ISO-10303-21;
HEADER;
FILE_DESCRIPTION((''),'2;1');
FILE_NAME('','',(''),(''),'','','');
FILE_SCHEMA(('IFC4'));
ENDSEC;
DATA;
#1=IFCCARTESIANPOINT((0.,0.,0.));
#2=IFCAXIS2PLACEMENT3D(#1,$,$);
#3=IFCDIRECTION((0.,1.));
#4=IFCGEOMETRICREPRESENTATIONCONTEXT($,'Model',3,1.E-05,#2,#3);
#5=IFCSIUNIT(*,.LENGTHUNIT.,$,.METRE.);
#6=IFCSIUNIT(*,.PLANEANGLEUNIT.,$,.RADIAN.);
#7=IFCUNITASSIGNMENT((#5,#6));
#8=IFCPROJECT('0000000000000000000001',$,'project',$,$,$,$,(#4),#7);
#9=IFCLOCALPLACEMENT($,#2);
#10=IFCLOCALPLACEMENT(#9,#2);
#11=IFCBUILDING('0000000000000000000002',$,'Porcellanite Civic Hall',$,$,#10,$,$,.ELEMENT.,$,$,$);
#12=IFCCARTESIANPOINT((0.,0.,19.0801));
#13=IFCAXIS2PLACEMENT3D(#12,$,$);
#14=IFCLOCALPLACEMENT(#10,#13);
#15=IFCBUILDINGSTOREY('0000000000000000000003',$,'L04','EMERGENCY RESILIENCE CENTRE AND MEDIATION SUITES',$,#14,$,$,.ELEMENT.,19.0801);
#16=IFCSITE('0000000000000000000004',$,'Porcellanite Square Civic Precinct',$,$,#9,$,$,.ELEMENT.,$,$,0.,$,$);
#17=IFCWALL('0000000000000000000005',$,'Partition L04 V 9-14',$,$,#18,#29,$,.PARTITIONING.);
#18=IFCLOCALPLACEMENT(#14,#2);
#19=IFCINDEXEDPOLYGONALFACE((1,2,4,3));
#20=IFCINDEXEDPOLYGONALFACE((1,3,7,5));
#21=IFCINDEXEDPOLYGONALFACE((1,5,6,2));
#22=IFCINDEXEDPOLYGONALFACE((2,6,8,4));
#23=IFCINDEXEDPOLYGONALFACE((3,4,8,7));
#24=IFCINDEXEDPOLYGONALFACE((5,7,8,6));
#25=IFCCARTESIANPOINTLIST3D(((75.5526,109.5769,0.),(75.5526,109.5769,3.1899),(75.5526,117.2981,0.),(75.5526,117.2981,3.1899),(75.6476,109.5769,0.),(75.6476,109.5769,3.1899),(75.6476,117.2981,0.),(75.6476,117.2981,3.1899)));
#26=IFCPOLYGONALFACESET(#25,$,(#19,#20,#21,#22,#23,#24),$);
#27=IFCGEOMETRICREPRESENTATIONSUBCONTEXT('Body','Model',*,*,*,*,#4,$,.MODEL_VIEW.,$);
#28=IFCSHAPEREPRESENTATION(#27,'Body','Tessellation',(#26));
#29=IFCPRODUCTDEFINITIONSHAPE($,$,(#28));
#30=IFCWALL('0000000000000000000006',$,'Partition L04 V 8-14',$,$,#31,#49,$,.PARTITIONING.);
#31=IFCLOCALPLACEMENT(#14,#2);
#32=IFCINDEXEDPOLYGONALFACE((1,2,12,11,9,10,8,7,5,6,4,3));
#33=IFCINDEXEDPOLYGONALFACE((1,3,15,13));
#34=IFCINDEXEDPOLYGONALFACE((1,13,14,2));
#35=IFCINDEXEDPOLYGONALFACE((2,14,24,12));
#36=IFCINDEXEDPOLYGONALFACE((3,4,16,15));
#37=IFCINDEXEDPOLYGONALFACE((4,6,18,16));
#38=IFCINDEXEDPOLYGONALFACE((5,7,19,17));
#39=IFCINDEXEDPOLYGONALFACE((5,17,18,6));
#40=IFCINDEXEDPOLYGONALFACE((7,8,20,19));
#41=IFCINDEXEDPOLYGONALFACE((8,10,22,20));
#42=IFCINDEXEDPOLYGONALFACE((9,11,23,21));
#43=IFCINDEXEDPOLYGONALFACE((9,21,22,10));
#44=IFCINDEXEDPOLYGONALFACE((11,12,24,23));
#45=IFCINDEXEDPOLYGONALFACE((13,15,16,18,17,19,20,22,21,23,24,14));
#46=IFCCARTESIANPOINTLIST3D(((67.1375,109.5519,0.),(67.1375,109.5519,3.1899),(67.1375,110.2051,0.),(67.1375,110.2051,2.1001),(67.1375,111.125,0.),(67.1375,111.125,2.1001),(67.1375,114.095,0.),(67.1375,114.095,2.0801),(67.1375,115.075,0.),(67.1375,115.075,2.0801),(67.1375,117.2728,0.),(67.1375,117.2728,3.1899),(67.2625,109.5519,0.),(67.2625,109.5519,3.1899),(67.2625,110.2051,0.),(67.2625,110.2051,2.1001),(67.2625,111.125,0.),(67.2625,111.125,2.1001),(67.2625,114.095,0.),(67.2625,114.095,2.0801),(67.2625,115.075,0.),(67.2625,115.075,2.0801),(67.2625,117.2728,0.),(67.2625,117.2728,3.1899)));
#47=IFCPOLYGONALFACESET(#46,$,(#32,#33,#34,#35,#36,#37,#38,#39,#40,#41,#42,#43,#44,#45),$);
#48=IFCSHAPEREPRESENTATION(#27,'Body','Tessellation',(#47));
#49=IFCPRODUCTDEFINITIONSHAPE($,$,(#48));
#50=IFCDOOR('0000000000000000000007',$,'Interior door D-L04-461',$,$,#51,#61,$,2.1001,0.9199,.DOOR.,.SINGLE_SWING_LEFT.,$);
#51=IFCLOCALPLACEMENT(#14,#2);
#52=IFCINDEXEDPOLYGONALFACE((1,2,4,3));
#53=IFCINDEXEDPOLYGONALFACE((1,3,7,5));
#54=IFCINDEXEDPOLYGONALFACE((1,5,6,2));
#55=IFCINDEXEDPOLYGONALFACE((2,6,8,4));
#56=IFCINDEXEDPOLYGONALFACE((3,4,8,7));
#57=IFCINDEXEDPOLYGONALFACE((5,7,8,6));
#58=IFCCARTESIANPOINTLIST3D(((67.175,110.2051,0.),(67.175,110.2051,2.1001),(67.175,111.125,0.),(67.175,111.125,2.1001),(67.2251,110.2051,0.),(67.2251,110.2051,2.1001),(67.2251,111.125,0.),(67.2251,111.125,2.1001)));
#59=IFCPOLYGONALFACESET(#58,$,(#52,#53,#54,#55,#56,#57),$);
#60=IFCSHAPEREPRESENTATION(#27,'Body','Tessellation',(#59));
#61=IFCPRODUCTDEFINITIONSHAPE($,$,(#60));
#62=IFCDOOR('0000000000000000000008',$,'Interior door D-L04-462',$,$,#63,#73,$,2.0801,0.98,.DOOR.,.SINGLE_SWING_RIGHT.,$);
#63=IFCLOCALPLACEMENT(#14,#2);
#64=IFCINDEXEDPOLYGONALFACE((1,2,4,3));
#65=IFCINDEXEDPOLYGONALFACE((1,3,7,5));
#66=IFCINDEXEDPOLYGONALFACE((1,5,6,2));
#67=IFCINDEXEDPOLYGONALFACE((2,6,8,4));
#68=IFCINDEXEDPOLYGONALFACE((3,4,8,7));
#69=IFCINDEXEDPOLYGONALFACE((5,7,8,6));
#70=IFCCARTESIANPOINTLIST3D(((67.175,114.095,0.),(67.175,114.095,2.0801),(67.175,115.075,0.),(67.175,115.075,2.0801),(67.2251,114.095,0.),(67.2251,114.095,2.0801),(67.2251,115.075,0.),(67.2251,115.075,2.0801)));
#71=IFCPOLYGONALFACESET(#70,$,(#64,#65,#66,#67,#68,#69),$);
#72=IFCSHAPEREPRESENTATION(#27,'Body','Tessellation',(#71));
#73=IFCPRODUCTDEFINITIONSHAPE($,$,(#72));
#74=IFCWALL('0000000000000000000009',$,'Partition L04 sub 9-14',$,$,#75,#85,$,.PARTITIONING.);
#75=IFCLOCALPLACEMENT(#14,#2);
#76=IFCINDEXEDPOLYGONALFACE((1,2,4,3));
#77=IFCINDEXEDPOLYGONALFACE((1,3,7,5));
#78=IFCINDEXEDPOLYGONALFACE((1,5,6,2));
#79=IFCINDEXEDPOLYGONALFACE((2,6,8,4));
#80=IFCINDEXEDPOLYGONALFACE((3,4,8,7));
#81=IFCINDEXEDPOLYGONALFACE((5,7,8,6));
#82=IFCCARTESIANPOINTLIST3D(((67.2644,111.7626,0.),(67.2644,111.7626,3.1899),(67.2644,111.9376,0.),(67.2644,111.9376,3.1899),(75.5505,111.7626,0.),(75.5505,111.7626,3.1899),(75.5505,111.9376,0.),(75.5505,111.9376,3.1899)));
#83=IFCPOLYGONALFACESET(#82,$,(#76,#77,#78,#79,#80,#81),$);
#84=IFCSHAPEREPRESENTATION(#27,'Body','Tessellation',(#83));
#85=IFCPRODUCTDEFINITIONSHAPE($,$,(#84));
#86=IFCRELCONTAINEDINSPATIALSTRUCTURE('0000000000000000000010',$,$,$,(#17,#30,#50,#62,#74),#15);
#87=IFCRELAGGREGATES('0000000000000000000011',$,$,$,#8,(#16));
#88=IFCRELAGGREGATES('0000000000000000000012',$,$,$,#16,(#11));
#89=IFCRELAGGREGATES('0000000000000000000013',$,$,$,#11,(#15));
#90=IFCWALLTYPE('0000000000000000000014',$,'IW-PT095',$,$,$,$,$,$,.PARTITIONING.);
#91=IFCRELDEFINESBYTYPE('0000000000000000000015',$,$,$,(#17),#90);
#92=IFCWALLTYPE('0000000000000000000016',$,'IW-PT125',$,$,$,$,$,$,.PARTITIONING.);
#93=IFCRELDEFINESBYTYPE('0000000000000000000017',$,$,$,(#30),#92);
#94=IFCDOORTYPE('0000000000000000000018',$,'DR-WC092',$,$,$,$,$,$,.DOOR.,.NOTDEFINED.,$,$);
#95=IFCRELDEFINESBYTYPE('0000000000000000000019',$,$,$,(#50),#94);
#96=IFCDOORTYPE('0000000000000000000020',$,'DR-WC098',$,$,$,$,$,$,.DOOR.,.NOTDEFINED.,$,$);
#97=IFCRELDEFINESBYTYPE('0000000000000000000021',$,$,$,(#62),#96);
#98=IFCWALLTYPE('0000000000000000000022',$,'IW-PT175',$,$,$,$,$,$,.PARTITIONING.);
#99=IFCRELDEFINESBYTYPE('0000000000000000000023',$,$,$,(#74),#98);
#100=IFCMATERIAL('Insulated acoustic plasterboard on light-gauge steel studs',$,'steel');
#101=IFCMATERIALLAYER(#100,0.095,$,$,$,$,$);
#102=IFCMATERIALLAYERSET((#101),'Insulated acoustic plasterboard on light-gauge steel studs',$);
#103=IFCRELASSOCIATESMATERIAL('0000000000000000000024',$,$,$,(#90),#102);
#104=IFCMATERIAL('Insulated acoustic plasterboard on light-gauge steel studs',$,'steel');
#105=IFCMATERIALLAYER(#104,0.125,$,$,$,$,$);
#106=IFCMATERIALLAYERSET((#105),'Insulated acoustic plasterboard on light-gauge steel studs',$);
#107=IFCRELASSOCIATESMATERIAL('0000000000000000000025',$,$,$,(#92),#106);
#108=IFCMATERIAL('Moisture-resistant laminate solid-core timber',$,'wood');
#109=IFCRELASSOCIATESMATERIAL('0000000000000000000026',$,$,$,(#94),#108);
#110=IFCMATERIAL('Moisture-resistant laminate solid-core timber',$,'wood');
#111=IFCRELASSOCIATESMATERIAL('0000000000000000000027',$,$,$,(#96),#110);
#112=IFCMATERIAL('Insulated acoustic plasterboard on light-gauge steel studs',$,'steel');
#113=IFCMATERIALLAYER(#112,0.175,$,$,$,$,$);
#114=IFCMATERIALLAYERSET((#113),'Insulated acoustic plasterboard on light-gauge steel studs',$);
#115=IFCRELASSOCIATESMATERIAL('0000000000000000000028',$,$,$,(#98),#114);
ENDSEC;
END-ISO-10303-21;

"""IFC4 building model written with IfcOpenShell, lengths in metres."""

from ifc_helpers import new_model, si_unit, direction, frame, frame_2d, origin, place, context, subcontext, project, spatial, rectangle, extrude, material, layer, layer_set, type_object, element, fill, save


model = new_model("IFC4")

# Units and contexts
model_context = context("Model", 3, precision=1e-05, world=origin(), true_north=direction((0.0, 1.0)))
body_context = subcontext(model_context, "Body", "Model", "MODEL_VIEW")
ifc_project = project(units=[si_unit("LENGTHUNIT", "METRE"), si_unit("PLANEANGLEUNIT", "RADIAN")], contexts=[model_context])

# Site, building, storey
site_placement = place(None, origin())
site = spatial("IfcSite", under=ifc_project, at=site_placement, Name="Porcellanite Square Civic Precinct", CompositionType="ELEMENT", RefElevation=0.0)
building_placement = place(site_placement, origin())
building = spatial("IfcBuilding", under=site, at=building_placement, Name="Porcellanite Civic Hall", CompositionType="ELEMENT")
storey_placement = place(building_placement, frame((0.0, 0.0, 19.0801)))
storey = spatial("IfcBuildingStorey", under=building, at=storey_placement, Name="L04", Description="EMERGENCY RESILIENCE CENTRE AND MEDIATION SUITES", CompositionType="ELEMENT", Elevation=19.0801)

# Wall
ifc_material_1 = material(Name="Insulated acoustic plasterboard on light-gauge steel studs", Category="steel")
ifc_layer_1 = layer(ifc_material_1, 0.095)
ifc_layer_set_1 = layer_set([ifc_layer_1], Name="Insulated acoustic plasterboard on light-gauge steel studs")
wall_type_1 = type_object("IfcWallType", Name="IW-PT095", PredefinedType="PARTITIONING", material=ifc_layer_set_1)
wall_1_placement = place(storey_placement, frame((75.6001, 109.5769, 0.0), z_axis=(0.0, 0.0, 1.0), x_axis=(0.0, 1.0, 0.0)))
element("IfcWall", 1, at=wall_1_placement, inside=storey, type_object=wall_type_1, Name="Partition L04 V 9-14", PredefinedType="PARTITIONING", context=body_context, shape_type="SweptSolid", body=[
    extrude(rectangle(XDim=7.7212, YDim=0.095, at=frame_2d((3.8606, 0.0))), origin(), (0.0, 0.0, 1.0), 3.1899),
])

# Wall, openings, doors
ifc_material_2 = material(Name="Insulated acoustic plasterboard on light-gauge steel studs", Category="steel")
ifc_layer_2 = layer(ifc_material_2, 0.125)
ifc_layer_set_2 = layer_set([ifc_layer_2], Name="Insulated acoustic plasterboard on light-gauge steel studs")
wall_type_2 = type_object("IfcWallType", Name="IW-PT125", PredefinedType="PARTITIONING", material=ifc_layer_set_2)
wall_2_placement = place(storey_placement, frame((67.2, 109.552, 0.0), z_axis=(0.0, 0.0, 1.0), x_axis=(0.0, 1.0, 0.0)))
wall_2 = element("IfcWall", 2, at=wall_2_placement, inside=storey, type_object=wall_type_2, Name="Partition L04 V 8-14", PredefinedType="PARTITIONING", context=body_context, shape_type="SweptSolid", body=[
    extrude(rectangle(XDim=7.7209, YDim=0.125, at=frame_2d((3.8604, 0.0))), origin(), (0.0, 0.0, 1.0), 3.1899),
])
opening_1_placement = place(wall_2_placement, frame((0.6531, 0.0, 0.0)))
opening_1 = element("IfcOpeningElement", 3, at=opening_1_placement, cuts=wall_2, PredefinedType="OPENING", context=body_context, shape_type="SweptSolid", body=[
    extrude(rectangle(XDim=0.9199, YDim=2.1001, at=frame_2d((0.46, 1.05))), frame((0.0, 0.0625, 0.0), z_axis=(0.0, -1.0, 0.0), x_axis=(1.0, 0.0, 0.0)), (0.0, 0.0, 1.0), 0.125),
])
opening_2_placement = place(wall_2_placement, frame((4.543, 0.0, 0.0)))
opening_2 = element("IfcOpeningElement", 4, at=opening_2_placement, cuts=wall_2, PredefinedType="OPENING", context=body_context, shape_type="SweptSolid", body=[
    extrude(rectangle(XDim=0.98, YDim=2.0801, at=frame_2d((0.49, 1.04))), frame((0.0, 0.0625, 0.0), z_axis=(0.0, -1.0, 0.0), x_axis=(1.0, 0.0, 0.0)), (0.0, 0.0, 1.0), 0.125),
])
ifc_material_3 = material(Name="Moisture-resistant laminate solid-core timber", Category="wood")
door_type_1 = type_object("IfcDoorType", Name="DR-WC092", OperationType="NOTDEFINED", PredefinedType="DOOR", material=ifc_material_3)
door_1_placement = place(opening_1_placement, origin())
door_1 = element("IfcDoor", 5, at=door_1_placement, inside=storey, type_object=door_type_1, Name="Interior door D-L04-461", OperationType="SINGLE_SWING_LEFT", OverallHeight=2.1001, OverallWidth=0.9199, PredefinedType="DOOR", context=body_context, shape_type="SweptSolid", body=[
    extrude(rectangle(XDim=0.9199, YDim=2.1001, at=frame_2d((0.46, 1.05))), frame((0.0, 0.0249, 0.0), z_axis=(0.0, -1.0, 0.0), x_axis=(1.0, 0.0, 0.0)), (0.0, 0.0, 1.0), 0.05),
])
fill(opening_1, door_1)
ifc_material_4 = material(Name="Moisture-resistant laminate solid-core timber", Category="wood")
door_type_2 = type_object("IfcDoorType", Name="DR-WC098", OperationType="NOTDEFINED", PredefinedType="DOOR", material=ifc_material_4)
door_2_placement = place(opening_2_placement, origin())
door_2 = element("IfcDoor", 6, at=door_2_placement, inside=storey, type_object=door_type_2, Name="Interior door D-L04-462", OperationType="SINGLE_SWING_RIGHT", OverallHeight=2.0801, OverallWidth=0.98, PredefinedType="DOOR", context=body_context, shape_type="SweptSolid", body=[
    extrude(rectangle(XDim=0.98, YDim=2.0801, at=frame_2d((0.49, 1.04))), frame((0.0, 0.0249, 0.0), z_axis=(0.0, -1.0, 0.0), x_axis=(1.0, 0.0, 0.0)), (0.0, 0.0, 1.0), 0.05),
])
fill(opening_2, door_2)

# Wall
ifc_material_5 = material(Name="Insulated acoustic plasterboard on light-gauge steel studs", Category="steel")
ifc_layer_3 = layer(ifc_material_5, 0.175)
ifc_layer_set_3 = layer_set([ifc_layer_3], Name="Insulated acoustic plasterboard on light-gauge steel studs")
wall_type_3 = type_object("IfcWallType", Name="IW-PT175", PredefinedType="PARTITIONING", material=ifc_layer_set_3)
wall_3_placement = place(storey_placement, frame((67.2644, 111.8501, 0.0), z_axis=(0.0, 0.0, 1.0), x_axis=(1.0, 0.0, 0.0)))
element("IfcWall", 7, at=wall_3_placement, inside=storey, type_object=wall_type_3, Name="Partition L04 sub 9-14", PredefinedType="PARTITIONING", context=body_context, shape_type="SweptSolid", body=[
    extrude(rectangle(XDim=8.2861, YDim=0.175, at=frame_2d((4.1431, 0.0))), origin(), (0.0, 0.0, 1.0), 3.1899),
])

save(model, "model.ifc")
